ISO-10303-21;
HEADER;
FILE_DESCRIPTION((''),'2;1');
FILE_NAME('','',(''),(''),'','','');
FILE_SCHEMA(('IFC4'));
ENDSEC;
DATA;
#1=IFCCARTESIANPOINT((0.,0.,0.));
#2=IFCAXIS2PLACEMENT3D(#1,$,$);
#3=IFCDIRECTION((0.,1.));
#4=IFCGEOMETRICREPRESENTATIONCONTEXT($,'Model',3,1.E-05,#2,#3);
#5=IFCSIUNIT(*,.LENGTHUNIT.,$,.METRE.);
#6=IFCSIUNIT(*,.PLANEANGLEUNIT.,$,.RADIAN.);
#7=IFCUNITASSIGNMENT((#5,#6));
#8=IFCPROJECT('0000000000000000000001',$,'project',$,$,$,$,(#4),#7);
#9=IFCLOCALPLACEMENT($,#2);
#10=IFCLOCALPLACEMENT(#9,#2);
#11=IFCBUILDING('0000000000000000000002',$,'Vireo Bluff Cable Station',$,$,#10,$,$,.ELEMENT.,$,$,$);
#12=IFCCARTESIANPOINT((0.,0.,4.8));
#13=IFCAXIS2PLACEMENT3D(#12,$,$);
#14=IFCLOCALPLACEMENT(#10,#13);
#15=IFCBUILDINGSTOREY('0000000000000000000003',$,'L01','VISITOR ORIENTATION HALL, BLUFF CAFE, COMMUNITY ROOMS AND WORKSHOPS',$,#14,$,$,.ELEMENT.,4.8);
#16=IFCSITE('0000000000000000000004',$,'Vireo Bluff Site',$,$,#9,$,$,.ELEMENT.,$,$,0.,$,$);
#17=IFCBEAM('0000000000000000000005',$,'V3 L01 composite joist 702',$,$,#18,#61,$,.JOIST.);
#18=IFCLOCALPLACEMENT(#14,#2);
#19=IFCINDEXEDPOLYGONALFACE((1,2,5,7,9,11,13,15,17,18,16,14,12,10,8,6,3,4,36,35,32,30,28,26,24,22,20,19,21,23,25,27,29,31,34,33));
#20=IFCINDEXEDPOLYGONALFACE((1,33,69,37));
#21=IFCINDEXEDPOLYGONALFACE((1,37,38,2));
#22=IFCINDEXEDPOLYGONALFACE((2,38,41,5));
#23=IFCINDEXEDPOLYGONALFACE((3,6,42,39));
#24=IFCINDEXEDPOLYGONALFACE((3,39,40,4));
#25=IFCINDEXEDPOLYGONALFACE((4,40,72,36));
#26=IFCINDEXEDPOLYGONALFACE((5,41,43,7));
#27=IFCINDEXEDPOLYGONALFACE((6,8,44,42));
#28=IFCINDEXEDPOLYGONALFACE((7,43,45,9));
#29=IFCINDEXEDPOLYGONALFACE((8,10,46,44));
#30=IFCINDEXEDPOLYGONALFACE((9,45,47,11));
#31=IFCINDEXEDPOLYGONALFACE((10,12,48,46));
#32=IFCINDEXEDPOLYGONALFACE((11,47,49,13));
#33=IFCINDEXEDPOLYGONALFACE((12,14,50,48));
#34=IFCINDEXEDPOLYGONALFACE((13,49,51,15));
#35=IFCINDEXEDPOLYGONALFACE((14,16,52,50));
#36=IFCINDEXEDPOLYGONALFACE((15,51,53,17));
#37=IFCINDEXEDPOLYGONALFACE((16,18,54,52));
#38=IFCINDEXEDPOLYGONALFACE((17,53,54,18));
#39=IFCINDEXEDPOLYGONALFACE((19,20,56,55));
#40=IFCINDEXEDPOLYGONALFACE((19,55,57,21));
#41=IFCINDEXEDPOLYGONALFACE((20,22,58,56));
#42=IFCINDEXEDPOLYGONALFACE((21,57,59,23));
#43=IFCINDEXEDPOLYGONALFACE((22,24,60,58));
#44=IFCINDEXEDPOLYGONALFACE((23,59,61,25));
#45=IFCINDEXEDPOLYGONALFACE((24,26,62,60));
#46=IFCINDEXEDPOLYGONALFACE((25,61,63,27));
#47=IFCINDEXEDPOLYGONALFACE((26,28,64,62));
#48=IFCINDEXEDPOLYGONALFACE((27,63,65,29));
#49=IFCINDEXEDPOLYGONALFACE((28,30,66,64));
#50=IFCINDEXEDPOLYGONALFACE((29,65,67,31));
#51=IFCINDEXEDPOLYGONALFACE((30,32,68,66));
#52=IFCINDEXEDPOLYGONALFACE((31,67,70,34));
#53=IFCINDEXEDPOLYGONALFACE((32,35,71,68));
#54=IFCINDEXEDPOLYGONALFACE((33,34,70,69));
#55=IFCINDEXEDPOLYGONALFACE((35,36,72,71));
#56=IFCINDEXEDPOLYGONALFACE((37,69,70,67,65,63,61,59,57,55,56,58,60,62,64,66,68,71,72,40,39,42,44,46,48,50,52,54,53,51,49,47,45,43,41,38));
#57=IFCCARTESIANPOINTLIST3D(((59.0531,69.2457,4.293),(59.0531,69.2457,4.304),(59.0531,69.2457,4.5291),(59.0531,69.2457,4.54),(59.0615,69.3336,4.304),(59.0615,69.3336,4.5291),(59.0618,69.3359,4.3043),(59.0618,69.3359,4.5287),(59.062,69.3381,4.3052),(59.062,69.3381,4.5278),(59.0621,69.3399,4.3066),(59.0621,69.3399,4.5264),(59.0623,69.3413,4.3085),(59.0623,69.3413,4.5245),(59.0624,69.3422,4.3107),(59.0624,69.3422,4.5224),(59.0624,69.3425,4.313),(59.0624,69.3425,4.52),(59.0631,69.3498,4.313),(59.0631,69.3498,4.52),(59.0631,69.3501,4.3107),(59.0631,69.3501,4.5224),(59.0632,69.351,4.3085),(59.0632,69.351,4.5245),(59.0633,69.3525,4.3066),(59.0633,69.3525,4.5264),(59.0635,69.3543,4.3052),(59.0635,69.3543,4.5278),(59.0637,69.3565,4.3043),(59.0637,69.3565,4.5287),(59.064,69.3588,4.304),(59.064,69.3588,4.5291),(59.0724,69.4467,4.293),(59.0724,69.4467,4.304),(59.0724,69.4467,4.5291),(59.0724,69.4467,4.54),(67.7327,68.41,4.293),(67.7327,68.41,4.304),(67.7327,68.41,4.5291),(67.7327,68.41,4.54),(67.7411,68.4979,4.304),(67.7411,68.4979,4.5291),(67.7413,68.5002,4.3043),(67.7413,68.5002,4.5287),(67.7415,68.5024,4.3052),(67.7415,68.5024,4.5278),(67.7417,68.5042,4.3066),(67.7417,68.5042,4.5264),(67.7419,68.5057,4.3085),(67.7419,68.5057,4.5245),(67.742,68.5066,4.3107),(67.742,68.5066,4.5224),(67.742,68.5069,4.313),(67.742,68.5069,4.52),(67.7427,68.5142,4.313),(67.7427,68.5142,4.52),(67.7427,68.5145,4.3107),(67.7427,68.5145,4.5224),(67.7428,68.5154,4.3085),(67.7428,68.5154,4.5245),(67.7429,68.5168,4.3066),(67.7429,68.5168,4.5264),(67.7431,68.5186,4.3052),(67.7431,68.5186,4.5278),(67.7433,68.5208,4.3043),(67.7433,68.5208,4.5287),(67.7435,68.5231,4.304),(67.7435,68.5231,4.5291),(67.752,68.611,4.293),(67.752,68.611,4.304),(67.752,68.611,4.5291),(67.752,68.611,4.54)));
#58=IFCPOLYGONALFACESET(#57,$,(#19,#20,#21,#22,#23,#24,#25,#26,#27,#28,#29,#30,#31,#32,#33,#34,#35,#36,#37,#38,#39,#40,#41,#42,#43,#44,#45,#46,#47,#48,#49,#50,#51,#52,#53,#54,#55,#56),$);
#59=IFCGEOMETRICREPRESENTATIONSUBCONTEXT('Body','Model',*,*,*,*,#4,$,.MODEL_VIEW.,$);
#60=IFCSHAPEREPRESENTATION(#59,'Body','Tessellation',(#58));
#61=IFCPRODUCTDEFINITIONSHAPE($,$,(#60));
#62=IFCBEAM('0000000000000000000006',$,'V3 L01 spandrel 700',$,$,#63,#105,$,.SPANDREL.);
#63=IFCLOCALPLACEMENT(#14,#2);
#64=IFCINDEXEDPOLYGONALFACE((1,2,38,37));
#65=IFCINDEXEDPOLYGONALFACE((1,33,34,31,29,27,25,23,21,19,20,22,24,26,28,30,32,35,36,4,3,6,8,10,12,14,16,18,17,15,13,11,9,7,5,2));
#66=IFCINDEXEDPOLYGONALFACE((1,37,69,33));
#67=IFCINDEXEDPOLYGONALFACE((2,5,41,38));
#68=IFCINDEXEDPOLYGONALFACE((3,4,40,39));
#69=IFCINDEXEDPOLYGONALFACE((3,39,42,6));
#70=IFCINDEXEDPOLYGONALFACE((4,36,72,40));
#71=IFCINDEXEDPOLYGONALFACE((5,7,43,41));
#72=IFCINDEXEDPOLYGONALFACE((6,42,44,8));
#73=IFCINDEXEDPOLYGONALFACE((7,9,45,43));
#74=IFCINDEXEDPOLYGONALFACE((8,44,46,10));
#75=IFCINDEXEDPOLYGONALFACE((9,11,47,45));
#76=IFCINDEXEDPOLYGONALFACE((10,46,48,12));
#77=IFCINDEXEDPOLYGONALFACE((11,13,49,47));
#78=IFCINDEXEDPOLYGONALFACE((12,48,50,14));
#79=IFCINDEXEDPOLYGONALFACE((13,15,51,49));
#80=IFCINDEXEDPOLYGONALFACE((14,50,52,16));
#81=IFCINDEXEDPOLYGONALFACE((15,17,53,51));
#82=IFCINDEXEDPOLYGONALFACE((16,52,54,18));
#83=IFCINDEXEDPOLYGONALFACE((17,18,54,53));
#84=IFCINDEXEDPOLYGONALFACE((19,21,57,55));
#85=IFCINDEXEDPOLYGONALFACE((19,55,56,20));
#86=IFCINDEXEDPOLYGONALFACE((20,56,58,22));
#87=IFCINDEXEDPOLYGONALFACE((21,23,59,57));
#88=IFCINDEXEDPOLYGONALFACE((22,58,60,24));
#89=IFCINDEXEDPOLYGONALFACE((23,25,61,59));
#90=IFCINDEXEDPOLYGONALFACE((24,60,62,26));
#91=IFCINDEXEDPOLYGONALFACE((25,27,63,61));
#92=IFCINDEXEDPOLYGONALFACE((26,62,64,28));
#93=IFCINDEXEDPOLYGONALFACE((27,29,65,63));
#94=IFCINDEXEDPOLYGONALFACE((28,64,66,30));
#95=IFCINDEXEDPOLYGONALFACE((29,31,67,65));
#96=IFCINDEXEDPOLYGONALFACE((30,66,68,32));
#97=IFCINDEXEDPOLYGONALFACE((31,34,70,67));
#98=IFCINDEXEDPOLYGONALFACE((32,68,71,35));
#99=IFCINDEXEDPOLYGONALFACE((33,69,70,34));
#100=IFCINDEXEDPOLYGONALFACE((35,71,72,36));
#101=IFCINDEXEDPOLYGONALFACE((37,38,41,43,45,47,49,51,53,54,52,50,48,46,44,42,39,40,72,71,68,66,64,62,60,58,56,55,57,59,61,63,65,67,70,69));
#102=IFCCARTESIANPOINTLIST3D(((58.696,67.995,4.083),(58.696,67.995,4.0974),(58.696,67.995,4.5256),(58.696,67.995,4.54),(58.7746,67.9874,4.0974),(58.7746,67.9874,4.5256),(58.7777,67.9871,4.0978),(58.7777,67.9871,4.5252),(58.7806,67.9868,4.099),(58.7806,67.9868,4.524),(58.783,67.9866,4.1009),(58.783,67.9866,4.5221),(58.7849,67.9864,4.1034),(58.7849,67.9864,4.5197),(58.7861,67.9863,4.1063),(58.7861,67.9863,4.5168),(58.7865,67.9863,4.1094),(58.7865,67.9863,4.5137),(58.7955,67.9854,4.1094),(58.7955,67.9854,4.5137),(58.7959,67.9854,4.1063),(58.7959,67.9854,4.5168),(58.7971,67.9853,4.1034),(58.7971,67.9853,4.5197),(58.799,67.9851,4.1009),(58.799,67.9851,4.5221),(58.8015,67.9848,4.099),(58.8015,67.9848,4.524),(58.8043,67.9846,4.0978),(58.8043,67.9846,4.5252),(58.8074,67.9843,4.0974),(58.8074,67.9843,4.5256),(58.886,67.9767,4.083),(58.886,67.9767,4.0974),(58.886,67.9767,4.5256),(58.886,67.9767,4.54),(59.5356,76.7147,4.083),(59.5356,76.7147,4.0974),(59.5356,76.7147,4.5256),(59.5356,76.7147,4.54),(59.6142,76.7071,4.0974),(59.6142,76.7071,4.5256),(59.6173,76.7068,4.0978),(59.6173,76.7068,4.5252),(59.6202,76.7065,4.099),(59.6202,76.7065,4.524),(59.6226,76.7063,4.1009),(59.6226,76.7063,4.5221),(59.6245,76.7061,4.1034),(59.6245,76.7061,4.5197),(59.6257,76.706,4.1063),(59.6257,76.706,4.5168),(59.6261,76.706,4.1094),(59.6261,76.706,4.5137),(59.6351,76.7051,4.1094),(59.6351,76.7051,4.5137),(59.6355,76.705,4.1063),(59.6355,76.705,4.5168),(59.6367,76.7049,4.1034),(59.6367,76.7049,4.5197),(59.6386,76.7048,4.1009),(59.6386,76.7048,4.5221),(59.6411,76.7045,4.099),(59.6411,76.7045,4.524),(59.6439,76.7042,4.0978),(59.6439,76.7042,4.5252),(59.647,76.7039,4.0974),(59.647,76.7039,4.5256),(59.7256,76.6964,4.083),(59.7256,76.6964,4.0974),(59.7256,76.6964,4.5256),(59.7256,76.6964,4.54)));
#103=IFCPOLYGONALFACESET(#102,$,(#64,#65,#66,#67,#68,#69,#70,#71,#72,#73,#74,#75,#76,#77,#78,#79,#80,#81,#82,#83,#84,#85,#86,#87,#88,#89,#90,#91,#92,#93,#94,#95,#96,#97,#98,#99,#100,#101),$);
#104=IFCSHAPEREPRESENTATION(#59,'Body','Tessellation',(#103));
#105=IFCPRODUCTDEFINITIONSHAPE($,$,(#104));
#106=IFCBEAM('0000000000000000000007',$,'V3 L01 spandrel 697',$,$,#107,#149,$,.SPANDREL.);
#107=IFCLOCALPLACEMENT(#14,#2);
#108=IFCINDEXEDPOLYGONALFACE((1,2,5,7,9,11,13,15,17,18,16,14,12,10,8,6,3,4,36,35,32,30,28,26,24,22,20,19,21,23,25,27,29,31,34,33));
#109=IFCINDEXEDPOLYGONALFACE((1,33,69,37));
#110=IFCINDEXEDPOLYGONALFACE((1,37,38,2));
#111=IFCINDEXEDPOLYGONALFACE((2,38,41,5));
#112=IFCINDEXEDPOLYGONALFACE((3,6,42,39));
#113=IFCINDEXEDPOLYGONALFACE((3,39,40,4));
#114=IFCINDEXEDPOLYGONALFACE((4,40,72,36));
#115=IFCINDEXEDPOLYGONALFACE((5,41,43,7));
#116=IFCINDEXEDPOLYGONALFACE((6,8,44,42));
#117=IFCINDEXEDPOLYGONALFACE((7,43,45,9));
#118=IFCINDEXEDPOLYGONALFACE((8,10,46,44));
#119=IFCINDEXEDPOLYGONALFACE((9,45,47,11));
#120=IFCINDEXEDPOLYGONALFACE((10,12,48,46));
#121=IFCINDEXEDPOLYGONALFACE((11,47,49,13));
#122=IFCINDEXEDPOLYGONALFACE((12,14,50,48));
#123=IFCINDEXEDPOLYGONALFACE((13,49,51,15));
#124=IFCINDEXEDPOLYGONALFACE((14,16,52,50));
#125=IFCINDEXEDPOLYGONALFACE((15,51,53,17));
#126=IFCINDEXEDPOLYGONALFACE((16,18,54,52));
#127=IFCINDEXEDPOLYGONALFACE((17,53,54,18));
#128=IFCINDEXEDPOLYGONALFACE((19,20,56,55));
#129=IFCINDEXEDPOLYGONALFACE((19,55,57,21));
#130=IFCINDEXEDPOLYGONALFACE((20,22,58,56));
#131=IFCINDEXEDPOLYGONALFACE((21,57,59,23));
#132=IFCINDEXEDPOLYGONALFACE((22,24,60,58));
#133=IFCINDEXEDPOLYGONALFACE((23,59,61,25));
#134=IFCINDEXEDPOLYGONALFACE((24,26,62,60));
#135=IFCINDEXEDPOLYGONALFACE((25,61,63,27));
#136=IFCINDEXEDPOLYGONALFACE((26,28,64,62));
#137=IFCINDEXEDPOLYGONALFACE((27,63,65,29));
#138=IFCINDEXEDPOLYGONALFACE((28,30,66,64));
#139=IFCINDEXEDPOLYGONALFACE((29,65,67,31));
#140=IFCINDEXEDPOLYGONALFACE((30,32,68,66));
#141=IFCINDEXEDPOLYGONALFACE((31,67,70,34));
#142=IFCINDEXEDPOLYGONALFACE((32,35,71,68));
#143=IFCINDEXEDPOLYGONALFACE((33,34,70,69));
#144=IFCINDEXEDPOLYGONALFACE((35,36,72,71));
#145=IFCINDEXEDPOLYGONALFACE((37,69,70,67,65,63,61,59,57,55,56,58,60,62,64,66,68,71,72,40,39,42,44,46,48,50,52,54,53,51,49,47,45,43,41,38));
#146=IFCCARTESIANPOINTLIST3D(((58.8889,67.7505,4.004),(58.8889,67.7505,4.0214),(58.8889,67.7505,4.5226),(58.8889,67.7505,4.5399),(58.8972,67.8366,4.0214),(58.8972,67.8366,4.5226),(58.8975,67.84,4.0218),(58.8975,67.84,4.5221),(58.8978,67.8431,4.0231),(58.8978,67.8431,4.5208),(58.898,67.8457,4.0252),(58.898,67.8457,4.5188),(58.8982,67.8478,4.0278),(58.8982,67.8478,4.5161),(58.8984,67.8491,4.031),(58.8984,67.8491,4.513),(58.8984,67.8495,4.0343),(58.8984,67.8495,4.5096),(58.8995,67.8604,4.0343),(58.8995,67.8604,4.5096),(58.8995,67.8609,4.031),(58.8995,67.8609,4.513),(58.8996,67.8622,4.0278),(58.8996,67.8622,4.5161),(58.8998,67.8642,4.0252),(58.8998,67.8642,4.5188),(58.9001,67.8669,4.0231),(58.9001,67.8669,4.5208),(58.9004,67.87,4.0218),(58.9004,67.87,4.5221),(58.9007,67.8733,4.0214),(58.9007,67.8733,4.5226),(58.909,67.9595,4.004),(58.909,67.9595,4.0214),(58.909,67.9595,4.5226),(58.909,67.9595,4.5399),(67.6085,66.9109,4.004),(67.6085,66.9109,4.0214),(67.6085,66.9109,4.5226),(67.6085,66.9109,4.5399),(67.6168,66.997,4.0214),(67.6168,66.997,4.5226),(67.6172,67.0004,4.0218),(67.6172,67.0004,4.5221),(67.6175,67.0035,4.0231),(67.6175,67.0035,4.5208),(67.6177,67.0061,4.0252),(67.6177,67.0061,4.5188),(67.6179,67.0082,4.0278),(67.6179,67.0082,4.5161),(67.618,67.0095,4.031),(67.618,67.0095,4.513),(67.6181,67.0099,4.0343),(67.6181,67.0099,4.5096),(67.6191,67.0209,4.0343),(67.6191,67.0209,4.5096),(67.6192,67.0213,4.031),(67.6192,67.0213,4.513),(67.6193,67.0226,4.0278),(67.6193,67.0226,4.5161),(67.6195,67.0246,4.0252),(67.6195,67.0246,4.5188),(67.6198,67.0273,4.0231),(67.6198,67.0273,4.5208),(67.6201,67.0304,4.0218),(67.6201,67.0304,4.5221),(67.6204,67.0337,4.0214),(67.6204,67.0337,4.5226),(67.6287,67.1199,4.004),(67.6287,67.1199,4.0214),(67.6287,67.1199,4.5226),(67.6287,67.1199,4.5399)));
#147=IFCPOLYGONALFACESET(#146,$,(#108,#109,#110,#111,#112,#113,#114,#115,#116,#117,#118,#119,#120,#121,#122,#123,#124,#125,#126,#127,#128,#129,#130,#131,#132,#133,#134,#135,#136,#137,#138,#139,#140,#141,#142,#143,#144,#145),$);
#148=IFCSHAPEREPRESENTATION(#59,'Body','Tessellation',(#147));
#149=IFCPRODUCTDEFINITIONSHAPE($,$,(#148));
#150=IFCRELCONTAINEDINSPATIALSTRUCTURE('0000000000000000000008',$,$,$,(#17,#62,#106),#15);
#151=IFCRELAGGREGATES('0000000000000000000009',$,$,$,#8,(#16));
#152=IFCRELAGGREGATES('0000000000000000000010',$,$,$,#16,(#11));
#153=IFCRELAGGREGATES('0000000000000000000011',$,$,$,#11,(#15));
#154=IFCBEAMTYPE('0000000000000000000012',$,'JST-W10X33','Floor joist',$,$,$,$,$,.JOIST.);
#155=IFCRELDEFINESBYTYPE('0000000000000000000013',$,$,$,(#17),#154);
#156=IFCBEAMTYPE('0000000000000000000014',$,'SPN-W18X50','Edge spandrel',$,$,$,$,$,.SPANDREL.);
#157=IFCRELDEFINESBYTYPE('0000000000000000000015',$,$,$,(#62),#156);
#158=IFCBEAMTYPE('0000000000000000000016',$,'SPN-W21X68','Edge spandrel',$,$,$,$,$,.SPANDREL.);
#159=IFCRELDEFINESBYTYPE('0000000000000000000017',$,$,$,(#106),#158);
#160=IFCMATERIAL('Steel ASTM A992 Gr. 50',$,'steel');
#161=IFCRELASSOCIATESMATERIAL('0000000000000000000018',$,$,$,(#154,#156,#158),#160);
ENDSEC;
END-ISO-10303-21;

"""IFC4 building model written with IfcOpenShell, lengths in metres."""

from ifc_helpers import new_model, si_unit, direction, frame, origin, origin_2d, place, context, subcontext, project, spatial, i_section, extrude, material, material_profile, profile_set, type_object, element, save


model = new_model("IFC4")

# Units and contexts
model_context = context("Model", 3, precision=1e-05, world=origin(), true_north=direction((0.0, 1.0)))
body_context = subcontext(model_context, "Body", "Model", "MODEL_VIEW")
ifc_project = project(units=[si_unit("LENGTHUNIT", "METRE"), si_unit("PLANEANGLEUNIT", "RADIAN")], contexts=[model_context])

# Site, building, storey
site_placement = place(None, origin())
site = spatial("IfcSite", under=ifc_project, at=site_placement, Name="Vireo Bluff Site", CompositionType="ELEMENT", RefElevation=0.0)
building_placement = place(site_placement, origin())
building = spatial("IfcBuilding", under=site, at=building_placement, Name="Vireo Bluff Cable Station", CompositionType="ELEMENT")
storey_placement = place(building_placement, frame((0.0, 0.0, 4.8)))
storey = spatial("IfcBuildingStorey", under=building, at=storey_placement, Name="L01", Description="VISITOR ORIENTATION HALL, BLUFF CAFE, COMMUNITY ROOMS AND WORKSHOPS", CompositionType="ELEMENT", Elevation=4.8)

# Shared definitions
ifc_material_1 = material(Name="Steel ASTM A992 Gr. 50", Category="steel")

# Beams
ifc_material_profile_1 = material_profile(ifc_material_1, i_section(OverallWidth=0.2019, OverallDepth=0.2471, WebThickness=0.0073, FlangeThickness=0.011, FilletRadius=0.009, at=origin_2d()), Name="W10X33")
ifc_profile_set_1 = profile_set([ifc_material_profile_1], Name="Steel ASTM A992 Gr. 50")
beam_type_1 = type_object("IfcBeamType", Name="JST-W10X33", Description="Floor joist", PredefinedType="JOIST", material=ifc_profile_set_1)
beam_1_placement = place(storey_placement, frame((59.0627, 69.3462, 4.4165), z_axis=(0.995397, -0.095838, 0.0), x_axis=(0.095838, 0.995397, 0.0)))
element("IfcBeam", 1, at=beam_1_placement, inside=storey, type_object=beam_type_1, Name="V3 L01 composite joist 702", PredefinedType="JOIST", context=body_context, shape_type="SweptSolid", body=[
    extrude(i_section(OverallWidth=0.2019, OverallDepth=0.2471, WebThickness=0.0073, FlangeThickness=0.011, FilletRadius=0.009, at=origin_2d()), origin(), (0.0, 0.0, 1.0), 8.7197),
])
ifc_material_profile_2 = material_profile(ifc_material_1, i_section(OverallWidth=0.1909, OverallDepth=0.457, WebThickness=0.009, FlangeThickness=0.0144, FilletRadius=0.012, at=origin_2d()), Name="W18X50")
ifc_profile_set_2 = profile_set([ifc_material_profile_2], Name="Steel ASTM A992 Gr. 50")
beam_type_2 = type_object("IfcBeamType", Name="SPN-W18X50", Description="Edge spandrel", PredefinedType="SPANDREL", material=ifc_profile_set_2)
beam_2_placement = place(storey_placement, frame((58.791, 67.9858, 4.3115), z_axis=(0.095844, 0.995396, 0.0), x_axis=(-0.995396, 0.095844, 0.0)))
element("IfcBeam", 2, at=beam_2_placement, inside=storey, type_object=beam_type_2, Name="V3 L01 spandrel 700", PredefinedType="SPANDREL", context=body_context, shape_type="SweptSolid", body=[
    extrude(i_section(OverallWidth=0.1909, OverallDepth=0.457, WebThickness=0.009, FlangeThickness=0.0144, FilletRadius=0.012, at=origin_2d()), origin(), (0.0, 0.0, 1.0), 8.76),
])
ifc_material_profile_3 = material_profile(ifc_material_1, i_section(OverallWidth=0.21, OverallDepth=0.5359, WebThickness=0.011, FlangeThickness=0.0173, FilletRadius=0.0129, at=origin_2d()), Name="W21X68")
ifc_profile_set_3 = profile_set([ifc_material_profile_3], Name="Steel ASTM A992 Gr. 50")
beam_type_3 = type_object("IfcBeamType", Name="SPN-W21X68", Description="Edge spandrel", PredefinedType="SPANDREL", material=ifc_profile_set_3)
beam_3_placement = place(storey_placement, frame((58.8989, 67.855, 4.272), z_axis=(0.995396, -0.095844, 0.0), x_axis=(0.095844, 0.995396, 0.0)))
element("IfcBeam", 3, at=beam_3_placement, inside=storey, type_object=beam_type_3, Name="V3 L01 spandrel 697", PredefinedType="SPANDREL", context=body_context, shape_type="SweptSolid", body=[
    extrude(i_section(OverallWidth=0.21, OverallDepth=0.5359, WebThickness=0.011, FlangeThickness=0.0173, FilletRadius=0.0129, at=origin_2d()), origin(), (0.0, 0.0, 1.0), 8.76),
])

save(model, "model.ifc")
